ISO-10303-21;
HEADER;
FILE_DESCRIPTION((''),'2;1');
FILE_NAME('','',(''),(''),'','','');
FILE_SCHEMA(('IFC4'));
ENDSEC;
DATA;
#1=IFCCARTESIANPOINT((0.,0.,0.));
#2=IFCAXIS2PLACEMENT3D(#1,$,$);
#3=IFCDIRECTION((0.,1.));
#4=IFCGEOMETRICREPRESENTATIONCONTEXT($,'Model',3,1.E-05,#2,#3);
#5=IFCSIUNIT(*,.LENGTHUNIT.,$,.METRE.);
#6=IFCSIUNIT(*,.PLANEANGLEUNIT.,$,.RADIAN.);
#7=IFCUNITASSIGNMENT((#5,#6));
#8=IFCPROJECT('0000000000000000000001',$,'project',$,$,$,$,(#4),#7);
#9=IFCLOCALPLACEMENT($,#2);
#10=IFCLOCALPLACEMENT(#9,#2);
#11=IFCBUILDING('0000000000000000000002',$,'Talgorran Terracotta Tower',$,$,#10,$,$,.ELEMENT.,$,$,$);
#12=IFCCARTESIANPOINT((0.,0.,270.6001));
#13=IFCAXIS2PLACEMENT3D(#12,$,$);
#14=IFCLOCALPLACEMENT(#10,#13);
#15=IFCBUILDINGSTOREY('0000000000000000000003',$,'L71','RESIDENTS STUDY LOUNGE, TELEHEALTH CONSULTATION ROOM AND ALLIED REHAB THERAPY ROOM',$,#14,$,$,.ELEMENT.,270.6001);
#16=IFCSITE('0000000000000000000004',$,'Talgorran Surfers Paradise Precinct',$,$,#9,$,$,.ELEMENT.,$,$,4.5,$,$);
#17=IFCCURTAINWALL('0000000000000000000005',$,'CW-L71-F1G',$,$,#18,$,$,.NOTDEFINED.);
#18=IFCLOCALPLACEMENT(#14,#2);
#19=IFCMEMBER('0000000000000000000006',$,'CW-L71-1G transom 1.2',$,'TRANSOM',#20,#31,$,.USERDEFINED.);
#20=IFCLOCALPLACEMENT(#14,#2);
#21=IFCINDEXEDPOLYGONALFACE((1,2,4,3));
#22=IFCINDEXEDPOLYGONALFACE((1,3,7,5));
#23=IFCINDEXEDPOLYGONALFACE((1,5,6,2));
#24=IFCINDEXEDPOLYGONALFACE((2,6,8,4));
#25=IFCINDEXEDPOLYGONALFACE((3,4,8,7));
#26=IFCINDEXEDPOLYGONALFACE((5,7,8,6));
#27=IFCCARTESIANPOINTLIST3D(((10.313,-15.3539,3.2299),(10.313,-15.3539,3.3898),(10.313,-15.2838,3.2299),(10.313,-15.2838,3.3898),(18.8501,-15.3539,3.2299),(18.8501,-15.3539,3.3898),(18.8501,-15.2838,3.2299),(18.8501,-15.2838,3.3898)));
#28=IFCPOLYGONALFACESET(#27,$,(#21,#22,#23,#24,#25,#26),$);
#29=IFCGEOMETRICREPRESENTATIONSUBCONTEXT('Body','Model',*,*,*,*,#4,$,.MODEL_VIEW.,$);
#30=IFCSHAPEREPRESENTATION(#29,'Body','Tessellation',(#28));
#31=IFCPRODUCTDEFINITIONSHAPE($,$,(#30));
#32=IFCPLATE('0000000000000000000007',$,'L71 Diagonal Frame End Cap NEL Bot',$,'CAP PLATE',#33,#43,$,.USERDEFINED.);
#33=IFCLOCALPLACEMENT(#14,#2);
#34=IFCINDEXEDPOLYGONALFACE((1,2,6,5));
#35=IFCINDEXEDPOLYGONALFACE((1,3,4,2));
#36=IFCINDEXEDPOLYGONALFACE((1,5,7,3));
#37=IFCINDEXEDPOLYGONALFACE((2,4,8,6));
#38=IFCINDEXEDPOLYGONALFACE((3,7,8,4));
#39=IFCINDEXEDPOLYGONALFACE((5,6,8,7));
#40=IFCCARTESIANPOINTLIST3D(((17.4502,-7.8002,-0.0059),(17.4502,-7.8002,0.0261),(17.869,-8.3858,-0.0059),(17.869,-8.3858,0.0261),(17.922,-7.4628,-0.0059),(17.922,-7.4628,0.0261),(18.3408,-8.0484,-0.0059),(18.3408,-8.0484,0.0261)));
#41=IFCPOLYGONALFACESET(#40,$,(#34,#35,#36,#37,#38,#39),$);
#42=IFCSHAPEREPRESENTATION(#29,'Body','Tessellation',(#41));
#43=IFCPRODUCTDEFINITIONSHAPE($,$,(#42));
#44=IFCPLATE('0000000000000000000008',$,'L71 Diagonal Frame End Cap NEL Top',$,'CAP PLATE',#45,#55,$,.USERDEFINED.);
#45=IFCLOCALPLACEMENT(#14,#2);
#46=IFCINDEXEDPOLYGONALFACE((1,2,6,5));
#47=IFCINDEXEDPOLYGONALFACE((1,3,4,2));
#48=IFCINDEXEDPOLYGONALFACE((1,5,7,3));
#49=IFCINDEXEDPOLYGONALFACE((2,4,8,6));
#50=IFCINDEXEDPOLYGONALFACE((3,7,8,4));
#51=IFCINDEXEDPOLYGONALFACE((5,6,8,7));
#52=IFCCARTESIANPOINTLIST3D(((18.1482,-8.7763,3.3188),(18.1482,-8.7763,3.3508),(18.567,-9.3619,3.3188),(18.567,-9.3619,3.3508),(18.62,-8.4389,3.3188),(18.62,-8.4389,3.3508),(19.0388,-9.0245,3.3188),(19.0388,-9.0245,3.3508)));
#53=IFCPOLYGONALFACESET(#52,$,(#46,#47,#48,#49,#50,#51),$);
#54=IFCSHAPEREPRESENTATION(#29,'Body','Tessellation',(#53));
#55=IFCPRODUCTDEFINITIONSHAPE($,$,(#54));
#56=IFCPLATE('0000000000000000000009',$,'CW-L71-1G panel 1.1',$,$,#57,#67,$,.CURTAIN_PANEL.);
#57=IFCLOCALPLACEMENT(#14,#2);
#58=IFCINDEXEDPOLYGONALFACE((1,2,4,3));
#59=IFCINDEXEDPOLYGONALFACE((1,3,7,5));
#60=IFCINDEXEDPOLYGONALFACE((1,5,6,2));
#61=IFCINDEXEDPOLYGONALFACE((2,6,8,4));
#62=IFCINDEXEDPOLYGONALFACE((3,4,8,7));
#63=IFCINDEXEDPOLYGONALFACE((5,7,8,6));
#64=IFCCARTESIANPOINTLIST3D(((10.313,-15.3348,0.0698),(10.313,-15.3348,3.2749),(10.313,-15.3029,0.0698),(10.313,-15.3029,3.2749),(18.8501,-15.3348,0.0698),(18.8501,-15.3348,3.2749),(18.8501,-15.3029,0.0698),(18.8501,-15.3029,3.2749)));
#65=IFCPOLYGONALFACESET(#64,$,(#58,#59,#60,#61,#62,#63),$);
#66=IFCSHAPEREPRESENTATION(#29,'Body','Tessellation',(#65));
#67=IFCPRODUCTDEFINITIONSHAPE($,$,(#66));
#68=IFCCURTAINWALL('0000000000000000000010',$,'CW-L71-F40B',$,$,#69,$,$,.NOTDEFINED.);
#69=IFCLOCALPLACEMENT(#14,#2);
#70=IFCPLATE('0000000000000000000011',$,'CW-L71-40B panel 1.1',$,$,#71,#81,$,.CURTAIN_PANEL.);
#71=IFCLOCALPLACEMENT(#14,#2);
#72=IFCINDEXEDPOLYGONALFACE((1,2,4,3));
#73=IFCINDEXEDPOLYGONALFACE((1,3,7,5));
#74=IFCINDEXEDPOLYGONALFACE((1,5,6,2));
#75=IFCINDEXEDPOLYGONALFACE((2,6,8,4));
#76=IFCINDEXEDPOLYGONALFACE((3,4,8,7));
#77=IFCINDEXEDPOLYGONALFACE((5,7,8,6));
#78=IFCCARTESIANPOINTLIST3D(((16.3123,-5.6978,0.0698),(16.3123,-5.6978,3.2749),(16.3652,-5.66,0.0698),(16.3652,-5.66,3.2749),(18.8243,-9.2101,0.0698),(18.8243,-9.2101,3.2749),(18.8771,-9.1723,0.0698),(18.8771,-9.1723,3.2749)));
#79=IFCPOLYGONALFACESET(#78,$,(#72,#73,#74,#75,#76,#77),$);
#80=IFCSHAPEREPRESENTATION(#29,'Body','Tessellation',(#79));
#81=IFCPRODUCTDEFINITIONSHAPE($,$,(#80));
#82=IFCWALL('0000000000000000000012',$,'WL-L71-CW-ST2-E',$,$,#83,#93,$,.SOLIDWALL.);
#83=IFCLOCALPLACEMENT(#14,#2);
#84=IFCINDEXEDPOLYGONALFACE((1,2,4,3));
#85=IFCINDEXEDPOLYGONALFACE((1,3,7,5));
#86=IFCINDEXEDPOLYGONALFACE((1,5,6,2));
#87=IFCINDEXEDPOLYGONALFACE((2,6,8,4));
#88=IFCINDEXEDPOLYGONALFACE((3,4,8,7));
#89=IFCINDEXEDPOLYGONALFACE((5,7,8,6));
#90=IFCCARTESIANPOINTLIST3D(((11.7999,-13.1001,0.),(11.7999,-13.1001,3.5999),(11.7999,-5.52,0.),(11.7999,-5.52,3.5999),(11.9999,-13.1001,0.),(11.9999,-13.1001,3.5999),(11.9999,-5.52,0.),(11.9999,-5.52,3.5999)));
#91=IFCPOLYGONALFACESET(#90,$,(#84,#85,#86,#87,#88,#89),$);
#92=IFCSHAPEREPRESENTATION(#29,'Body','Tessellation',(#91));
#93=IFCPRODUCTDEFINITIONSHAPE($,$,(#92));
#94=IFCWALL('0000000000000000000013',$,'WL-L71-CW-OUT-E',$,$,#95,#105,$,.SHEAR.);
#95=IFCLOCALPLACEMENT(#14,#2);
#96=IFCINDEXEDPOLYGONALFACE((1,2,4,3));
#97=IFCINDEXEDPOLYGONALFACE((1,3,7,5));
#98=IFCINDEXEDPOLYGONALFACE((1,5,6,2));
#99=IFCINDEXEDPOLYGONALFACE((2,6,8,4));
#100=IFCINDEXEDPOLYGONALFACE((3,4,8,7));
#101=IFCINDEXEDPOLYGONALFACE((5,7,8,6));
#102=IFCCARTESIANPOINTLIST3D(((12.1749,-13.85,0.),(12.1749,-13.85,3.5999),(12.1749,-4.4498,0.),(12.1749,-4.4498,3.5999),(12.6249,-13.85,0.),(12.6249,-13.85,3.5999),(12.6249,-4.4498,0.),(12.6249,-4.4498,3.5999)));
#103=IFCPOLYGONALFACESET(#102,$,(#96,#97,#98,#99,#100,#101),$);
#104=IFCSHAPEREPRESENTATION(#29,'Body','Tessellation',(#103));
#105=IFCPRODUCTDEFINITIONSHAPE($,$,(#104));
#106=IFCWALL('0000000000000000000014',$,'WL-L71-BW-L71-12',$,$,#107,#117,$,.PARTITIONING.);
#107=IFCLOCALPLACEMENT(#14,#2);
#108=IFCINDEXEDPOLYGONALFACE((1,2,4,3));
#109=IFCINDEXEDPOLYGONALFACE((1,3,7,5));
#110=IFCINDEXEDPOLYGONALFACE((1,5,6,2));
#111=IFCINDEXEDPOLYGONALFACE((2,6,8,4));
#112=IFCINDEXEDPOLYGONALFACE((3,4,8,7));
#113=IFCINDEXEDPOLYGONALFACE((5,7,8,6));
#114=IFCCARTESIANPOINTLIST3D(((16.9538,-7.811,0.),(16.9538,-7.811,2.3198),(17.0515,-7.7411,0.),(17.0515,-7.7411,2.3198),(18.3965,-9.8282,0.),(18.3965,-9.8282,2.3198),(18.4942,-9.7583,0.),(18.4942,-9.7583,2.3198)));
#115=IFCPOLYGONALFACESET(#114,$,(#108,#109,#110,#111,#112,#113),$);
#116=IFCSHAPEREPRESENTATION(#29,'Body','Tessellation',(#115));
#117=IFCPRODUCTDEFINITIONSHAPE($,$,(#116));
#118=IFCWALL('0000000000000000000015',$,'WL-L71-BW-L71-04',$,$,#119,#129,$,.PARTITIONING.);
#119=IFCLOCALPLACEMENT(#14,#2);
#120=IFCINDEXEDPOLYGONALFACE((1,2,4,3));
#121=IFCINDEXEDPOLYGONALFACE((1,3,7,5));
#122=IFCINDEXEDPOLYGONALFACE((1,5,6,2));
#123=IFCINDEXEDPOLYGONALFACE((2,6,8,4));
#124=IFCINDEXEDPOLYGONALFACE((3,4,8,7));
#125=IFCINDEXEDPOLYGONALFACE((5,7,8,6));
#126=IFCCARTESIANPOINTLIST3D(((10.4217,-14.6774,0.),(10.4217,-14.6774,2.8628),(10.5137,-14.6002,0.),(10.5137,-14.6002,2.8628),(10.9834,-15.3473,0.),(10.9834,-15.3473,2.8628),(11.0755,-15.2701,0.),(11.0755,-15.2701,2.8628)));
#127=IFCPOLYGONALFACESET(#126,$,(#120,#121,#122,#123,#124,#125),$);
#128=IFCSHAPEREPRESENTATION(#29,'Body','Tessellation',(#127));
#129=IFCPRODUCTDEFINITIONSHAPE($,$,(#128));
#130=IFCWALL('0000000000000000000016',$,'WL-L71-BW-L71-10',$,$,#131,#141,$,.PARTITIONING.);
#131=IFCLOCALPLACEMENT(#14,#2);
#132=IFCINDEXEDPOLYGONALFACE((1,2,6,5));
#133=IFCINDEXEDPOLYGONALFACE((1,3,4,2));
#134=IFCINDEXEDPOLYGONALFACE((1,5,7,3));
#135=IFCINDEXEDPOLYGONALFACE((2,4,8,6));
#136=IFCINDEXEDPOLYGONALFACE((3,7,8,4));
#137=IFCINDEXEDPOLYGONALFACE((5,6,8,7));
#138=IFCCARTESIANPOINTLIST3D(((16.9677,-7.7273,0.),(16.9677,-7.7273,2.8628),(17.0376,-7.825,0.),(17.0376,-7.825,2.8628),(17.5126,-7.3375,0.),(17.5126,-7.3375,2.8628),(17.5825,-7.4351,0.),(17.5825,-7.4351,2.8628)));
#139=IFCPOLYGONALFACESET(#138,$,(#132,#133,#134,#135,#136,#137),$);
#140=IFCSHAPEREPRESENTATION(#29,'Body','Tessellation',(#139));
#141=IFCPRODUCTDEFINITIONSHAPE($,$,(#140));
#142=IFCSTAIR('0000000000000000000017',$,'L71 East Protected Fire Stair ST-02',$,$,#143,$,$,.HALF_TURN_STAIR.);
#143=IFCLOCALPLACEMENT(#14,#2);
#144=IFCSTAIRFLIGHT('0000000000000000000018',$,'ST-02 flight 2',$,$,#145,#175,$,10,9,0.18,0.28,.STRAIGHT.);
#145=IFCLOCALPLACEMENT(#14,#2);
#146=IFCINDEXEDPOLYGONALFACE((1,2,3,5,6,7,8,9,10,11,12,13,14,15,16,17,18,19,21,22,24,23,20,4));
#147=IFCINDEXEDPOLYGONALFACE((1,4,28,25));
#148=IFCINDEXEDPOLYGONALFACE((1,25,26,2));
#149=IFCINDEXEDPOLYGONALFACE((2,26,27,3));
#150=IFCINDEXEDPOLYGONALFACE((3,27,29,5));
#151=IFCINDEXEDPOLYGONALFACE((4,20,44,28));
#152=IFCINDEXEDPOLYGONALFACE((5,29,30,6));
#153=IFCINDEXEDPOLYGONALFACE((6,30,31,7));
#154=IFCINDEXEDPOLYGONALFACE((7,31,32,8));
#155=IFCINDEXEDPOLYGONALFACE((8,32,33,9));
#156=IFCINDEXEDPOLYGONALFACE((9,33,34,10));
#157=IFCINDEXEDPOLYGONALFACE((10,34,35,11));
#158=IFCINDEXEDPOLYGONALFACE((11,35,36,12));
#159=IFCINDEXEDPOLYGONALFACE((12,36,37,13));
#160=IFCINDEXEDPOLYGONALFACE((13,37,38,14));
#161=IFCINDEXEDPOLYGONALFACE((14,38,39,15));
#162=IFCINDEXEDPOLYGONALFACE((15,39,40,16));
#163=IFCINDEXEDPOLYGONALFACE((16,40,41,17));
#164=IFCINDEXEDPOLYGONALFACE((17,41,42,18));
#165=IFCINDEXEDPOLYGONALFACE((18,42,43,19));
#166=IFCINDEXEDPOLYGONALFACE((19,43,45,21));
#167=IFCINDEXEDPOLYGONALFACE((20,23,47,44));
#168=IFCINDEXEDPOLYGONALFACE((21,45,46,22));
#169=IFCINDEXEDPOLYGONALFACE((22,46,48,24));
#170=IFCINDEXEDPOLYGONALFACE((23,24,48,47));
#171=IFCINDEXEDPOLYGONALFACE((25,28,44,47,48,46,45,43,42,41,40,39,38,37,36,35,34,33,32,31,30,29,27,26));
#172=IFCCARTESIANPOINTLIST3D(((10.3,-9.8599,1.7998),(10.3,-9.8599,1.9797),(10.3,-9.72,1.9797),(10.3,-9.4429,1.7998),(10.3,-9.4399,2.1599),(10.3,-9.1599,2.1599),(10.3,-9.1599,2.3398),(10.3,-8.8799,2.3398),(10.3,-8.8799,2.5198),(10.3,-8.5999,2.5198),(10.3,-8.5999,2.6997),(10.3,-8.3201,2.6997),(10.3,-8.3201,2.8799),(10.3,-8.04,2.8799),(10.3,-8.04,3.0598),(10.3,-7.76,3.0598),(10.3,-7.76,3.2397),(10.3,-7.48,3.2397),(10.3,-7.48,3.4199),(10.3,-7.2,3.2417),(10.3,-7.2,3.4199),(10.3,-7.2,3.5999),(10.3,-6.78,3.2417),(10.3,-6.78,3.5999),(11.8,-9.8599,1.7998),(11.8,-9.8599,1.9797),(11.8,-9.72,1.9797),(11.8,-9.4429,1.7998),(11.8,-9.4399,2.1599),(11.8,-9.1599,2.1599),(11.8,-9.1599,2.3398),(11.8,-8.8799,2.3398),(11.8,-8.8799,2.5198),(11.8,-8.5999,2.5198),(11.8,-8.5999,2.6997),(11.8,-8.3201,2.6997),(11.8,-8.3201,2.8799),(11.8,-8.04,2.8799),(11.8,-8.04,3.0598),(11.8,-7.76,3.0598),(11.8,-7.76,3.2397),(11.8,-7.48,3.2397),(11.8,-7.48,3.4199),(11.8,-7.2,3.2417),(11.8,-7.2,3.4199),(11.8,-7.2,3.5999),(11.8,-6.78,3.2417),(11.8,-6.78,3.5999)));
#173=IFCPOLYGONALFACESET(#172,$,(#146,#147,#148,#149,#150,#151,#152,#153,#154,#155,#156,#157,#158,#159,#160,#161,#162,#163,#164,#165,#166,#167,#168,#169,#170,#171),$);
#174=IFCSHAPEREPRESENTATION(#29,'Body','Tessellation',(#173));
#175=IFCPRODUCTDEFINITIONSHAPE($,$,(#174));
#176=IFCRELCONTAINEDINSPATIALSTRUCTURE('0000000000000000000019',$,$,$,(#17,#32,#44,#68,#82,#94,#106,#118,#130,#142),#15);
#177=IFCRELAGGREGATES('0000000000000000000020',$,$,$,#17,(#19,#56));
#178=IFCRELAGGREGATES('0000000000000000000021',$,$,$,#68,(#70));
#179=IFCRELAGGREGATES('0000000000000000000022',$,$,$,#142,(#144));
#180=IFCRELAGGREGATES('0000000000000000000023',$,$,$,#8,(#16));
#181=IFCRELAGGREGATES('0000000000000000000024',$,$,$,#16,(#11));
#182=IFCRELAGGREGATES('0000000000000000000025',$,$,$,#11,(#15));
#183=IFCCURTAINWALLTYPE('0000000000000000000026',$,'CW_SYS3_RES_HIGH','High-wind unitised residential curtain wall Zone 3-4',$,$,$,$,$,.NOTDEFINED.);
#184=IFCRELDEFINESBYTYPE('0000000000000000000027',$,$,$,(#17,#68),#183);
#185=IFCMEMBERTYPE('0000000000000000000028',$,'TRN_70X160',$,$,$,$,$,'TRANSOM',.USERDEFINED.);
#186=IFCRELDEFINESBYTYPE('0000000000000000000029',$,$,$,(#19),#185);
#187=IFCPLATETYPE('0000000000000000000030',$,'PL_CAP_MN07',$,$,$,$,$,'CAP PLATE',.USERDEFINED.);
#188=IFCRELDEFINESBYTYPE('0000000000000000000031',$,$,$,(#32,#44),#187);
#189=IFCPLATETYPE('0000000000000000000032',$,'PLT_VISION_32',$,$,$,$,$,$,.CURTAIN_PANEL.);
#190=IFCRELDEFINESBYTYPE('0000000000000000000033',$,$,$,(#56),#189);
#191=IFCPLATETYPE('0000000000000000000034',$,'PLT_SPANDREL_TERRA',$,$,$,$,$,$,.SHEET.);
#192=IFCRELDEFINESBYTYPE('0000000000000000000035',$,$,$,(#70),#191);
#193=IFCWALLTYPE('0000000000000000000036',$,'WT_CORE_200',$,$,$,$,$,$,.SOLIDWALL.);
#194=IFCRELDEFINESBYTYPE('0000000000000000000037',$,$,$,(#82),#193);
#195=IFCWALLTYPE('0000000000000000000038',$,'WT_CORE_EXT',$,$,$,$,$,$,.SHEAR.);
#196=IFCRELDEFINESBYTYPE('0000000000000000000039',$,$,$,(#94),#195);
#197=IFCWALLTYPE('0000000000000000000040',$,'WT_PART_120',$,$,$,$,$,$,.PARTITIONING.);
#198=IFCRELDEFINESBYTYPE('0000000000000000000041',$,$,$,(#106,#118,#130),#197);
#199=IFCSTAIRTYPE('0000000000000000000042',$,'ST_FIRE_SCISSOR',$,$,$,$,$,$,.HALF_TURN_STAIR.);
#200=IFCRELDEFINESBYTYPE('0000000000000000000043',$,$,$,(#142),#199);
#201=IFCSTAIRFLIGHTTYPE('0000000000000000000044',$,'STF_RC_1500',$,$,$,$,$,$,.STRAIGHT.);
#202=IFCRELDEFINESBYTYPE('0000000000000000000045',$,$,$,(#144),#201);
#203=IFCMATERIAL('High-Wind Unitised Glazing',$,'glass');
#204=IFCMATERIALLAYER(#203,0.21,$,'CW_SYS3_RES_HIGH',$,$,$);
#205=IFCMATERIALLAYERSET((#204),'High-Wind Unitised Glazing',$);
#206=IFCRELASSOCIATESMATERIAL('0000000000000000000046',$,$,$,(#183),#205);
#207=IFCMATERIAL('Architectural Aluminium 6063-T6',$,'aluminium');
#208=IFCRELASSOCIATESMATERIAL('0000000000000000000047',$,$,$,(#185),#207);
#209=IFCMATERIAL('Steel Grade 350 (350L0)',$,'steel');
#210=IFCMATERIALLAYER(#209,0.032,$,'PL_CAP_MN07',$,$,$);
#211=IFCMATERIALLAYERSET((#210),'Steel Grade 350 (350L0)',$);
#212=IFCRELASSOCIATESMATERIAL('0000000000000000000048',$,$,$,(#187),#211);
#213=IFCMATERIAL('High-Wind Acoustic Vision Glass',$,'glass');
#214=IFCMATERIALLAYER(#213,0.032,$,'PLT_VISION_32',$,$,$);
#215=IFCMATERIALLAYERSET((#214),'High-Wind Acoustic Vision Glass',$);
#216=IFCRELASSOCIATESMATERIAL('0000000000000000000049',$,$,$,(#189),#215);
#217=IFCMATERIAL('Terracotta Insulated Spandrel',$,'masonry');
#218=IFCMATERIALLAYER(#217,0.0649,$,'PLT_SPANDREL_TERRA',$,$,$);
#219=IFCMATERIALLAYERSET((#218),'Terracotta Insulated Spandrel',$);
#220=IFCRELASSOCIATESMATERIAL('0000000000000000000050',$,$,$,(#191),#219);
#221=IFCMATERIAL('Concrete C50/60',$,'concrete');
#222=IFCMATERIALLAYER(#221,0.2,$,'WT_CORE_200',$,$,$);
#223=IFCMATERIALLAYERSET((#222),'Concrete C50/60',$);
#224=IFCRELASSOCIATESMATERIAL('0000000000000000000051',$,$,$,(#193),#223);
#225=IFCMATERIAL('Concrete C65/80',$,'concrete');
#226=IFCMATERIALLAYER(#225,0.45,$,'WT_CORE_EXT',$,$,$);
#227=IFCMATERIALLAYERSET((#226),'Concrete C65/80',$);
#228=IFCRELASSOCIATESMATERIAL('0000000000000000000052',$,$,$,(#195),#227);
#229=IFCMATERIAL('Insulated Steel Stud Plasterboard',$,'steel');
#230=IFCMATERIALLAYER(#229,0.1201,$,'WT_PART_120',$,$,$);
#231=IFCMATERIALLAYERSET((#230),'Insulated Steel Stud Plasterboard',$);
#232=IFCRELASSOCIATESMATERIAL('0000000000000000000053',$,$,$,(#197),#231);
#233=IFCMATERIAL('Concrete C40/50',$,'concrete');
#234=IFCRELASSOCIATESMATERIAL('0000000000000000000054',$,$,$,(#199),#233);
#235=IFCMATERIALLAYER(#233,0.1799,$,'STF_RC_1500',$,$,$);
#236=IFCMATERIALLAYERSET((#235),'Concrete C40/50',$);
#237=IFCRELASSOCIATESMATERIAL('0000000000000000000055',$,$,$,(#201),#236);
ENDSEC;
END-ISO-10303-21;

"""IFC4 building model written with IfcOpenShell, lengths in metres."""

from ifc_helpers import new_model, si_unit, direction, frame, frame_2d, origin, origin_2d, place, context, subcontext, project, spatial, polyline, rectangle, outline, extrude, source, transform, mapped, material, layer, layer_set, material_profile, profile_set, type_object, type_shapes, element, aggregate, save


model = new_model("IFC4")

# Units and contexts
model_context = context("Model", 3, precision=1e-05, world=origin(), true_north=direction((0.0, 1.0)))
body_context = subcontext(model_context, "Body", "Model", "MODEL_VIEW")
ifc_project = project(units=[si_unit("LENGTHUNIT", "METRE"), si_unit("PLANEANGLEUNIT", "RADIAN")], contexts=[model_context])

# Site, building, storey
site_placement = place(None, origin())
site = spatial("IfcSite", under=ifc_project, at=site_placement, Name="Talgorran Surfers Paradise Precinct", CompositionType="ELEMENT", RefElevation=4.5)
building_placement = place(site_placement, origin())
building = spatial("IfcBuilding", under=site, at=building_placement, Name="Talgorran Terracotta Tower", CompositionType="ELEMENT")
storey_placement = place(building_placement, frame((0.0, 0.0, 270.6001)))
storey = spatial("IfcBuildingStorey", under=building, at=storey_placement, Name="L71", Description="RESIDENTS STUDY LOUNGE, TELEHEALTH CONSULTATION ROOM AND ALLIED REHAB THERAPY ROOM", CompositionType="ELEMENT", Elevation=270.6001)

# Shared definitions
ifc_material_1 = material(Name="Steel Grade 350 (350L0)", Category="steel")

# Curtain wall, member
ifc_material_2 = material(Name="High-Wind Unitised Glazing", Category="glass")
ifc_layer_1 = layer(ifc_material_2, 0.21, Name="CW_SYS3_RES_HIGH")
ifc_layer_set_1 = layer_set([ifc_layer_1], Name="High-Wind Unitised Glazing")
curtain_wall_type = type_object("IfcCurtainWallType", Name="CW_SYS3_RES_HIGH", Description="High-wind unitised residential curtain wall Zone 3-4", PredefinedType="NOTDEFINED", material=ifc_layer_set_1)
curtain_wall_1_placement = place(storey_placement, origin())
curtain_wall_1 = element("IfcCurtainWall", 1, at=curtain_wall_1_placement, inside=storey, type_object=curtain_wall_type, Name="CW-L71-F1G", PredefinedType="NOTDEFINED")
ifc_material_3 = material(Name="Architectural Aluminium 6063-T6", Category="aluminium")
ifc_material_profile_1 = material_profile(ifc_material_3, rectangle(XDim=0.0701, YDim=0.1599, at=origin_2d()), Name="CWT70X160")
ifc_profile_set_1 = profile_set([ifc_material_profile_1], Name="Architectural Aluminium 6063-T6")
member_type_1 = type_object("IfcMemberType", Name="TRN_70X160", ElementType="TRANSOM", PredefinedType="USERDEFINED", material=ifc_profile_set_1)
member_1_placement = place(storey_placement, frame((10.313, -15.3188, 3.3098), z_axis=(1.0, 0.0, 0.0), x_axis=(0.0, 1.0, 0.0)))
member_1 = element("IfcMember", 2, at=member_1_placement, type_object=member_type_1, Name="CW-L71-1G transom 1.2", ObjectType="TRANSOM", PredefinedType="USERDEFINED", context=body_context, shape_type="SweptSolid", body=[
    extrude(rectangle(XDim=0.0701, YDim=0.1599, at=origin_2d()), origin(), (0.0, 0.0, 1.0), 8.5371),
])

# Plates
ifc_layer_2 = layer(ifc_material_1, 0.032, Name="PL_CAP_MN07")
ifc_layer_set_2 = layer_set([ifc_layer_2], Name="Steel Grade 350 (350L0)")
plate_type_1 = type_object("IfcPlateType", Name="PL_CAP_MN07", ElementType="CAP PLATE", PredefinedType="USERDEFINED", material=ifc_layer_set_2)
for number, where, z_axis, x_axis, name in (
    (3, (17.8955, -7.9243, -0.0059), (0.0, 0.0, 1.0), (0.581697, -0.813405, 0.0), "L71 Diagonal Frame End Cap NEL Bot"),
    (4, (18.5935, -8.9004, 3.3188), (0.0, 0.0, 1.0), (0.581697, -0.813405, 0.0), "L71 Diagonal Frame End Cap NEL Top"),
):
    element("IfcPlate", number, at=place(storey_placement, frame(where, z_axis=z_axis, x_axis=x_axis)), inside=storey, type_object=plate_type_1, Name=name, ObjectType="CAP PLATE", PredefinedType="USERDEFINED", context=body_context, shape_type="SweptSolid", body=[
        extrude(rectangle(XDim=0.72, YDim=0.5801, at=origin_2d()), origin(), (0.0, 0.0, 1.0), 0.032),
    ])

# Plate
ifc_material_4 = material(Name="High-Wind Acoustic Vision Glass", Category="glass")
ifc_layer_3 = layer(ifc_material_4, 0.032, Name="PLT_VISION_32")
ifc_layer_set_3 = layer_set([ifc_layer_3], Name="High-Wind Acoustic Vision Glass")
plate_type_2 = type_object("IfcPlateType", Name="PLT_VISION_32", PredefinedType="CURTAIN_PANEL", material=ifc_layer_set_3)
shared_shape_1 = source(origin(), body_context, "Body", "SweptSolid", [
    extrude(rectangle(XDim=8.5371, YDim=0.032, at=origin_2d()), origin(), (0.0, 0.0, 1.0), 3.2051),
])
type_shapes(plate_type_2, [shared_shape_1])
plate_1_placement = place(storey_placement, frame((14.5815, -15.3188, 0.0698), z_axis=(0.0, 0.0, 1.0), x_axis=(1.0, 0.0, 0.0)))
plate_1 = element("IfcPlate", 5, at=plate_1_placement, type_object=plate_type_2, Name="CW-L71-1G panel 1.1", PredefinedType="CURTAIN_PANEL", context=body_context, shape_type="MappedRepresentation", body=[
    mapped(shared_shape_1, transform((0.0, 0.0, 0.0), scale=1.0)),
])
aggregate(curtain_wall_1, [member_1, plate_1])

# Curtain wall, plate
curtain_wall_2_placement = place(storey_placement, origin())
curtain_wall_2 = element("IfcCurtainWall", 6, at=curtain_wall_2_placement, inside=storey, type_object=curtain_wall_type, Name="CW-L71-F40B", PredefinedType="NOTDEFINED")
ifc_material_5 = material(Name="Terracotta Insulated Spandrel", Category="masonry")
ifc_layer_4 = layer(ifc_material_5, 0.0649, Name="PLT_SPANDREL_TERRA")
ifc_layer_set_4 = layer_set([ifc_layer_4], Name="Terracotta Insulated Spandrel")
plate_type_3 = type_object("IfcPlateType", Name="PLT_SPANDREL_TERRA", PredefinedType="SHEET", material=ifc_layer_set_4)
shared_shape_2 = source(origin(), body_context, "Body", "SweptSolid", [
    extrude(rectangle(XDim=4.3181, YDim=0.0649, at=origin_2d()), origin(), (0.0, 0.0, 1.0), 3.2051),
])
type_shapes(plate_type_3, [shared_shape_2])
plate_2_placement = place(storey_placement, frame((17.5947, -7.4351, 0.0698), z_axis=(0.0, 0.0, 1.0), x_axis=(-0.581722, 0.813388, 0.0)))
plate_2 = element("IfcPlate", 7, at=plate_2_placement, type_object=plate_type_3, Name="CW-L71-40B panel 1.1", PredefinedType="CURTAIN_PANEL", context=body_context, shape_type="MappedRepresentation", body=[
    mapped(shared_shape_2, transform((0.0, 0.0, 0.0), scale=1.0)),
])
aggregate(curtain_wall_2, [plate_2])

# Walls
ifc_material_6 = material(Name="Concrete C50/60", Category="concrete")
ifc_layer_5 = layer(ifc_material_6, 0.2, Name="WT_CORE_200")
ifc_layer_set_5 = layer_set([ifc_layer_5], Name="Concrete C50/60")
wall_type_1 = type_object("IfcWallType", Name="WT_CORE_200", PredefinedType="SOLIDWALL", material=ifc_layer_set_5)
wall_1_placement = place(storey_placement, frame((11.8999, -13.1001, 0.0), z_axis=(0.0, 0.0, 1.0), x_axis=(0.0, 1.0, 0.0)))
element("IfcWall", 8, at=wall_1_placement, inside=storey, type_object=wall_type_1, Name="WL-L71-CW-ST2-E", PredefinedType="SOLIDWALL", context=body_context, shape_type="SweptSolid", body=[
    extrude(rectangle(XDim=7.5801, YDim=0.2, at=frame_2d((3.79, 0.0))), origin(), (0.0, 0.0, 1.0), 3.5999),
])
ifc_material_7 = material(Name="Concrete C65/80", Category="concrete")
ifc_layer_6 = layer(ifc_material_7, 0.45, Name="WT_CORE_EXT")
ifc_layer_set_6 = layer_set([ifc_layer_6], Name="Concrete C65/80")
wall_type_2 = type_object("IfcWallType", Name="WT_CORE_EXT", PredefinedType="SHEAR", material=ifc_layer_set_6)
wall_2_placement = place(storey_placement, frame((12.3999, -13.8501, 0.0), z_axis=(0.0, 0.0, 1.0), x_axis=(0.0, 1.0, 0.0)))
element("IfcWall", 9, at=wall_2_placement, inside=storey, type_object=wall_type_2, Name="WL-L71-CW-OUT-E", PredefinedType="SHEAR", context=body_context, shape_type="SweptSolid", body=[
    extrude(rectangle(XDim=9.4001, YDim=0.45, at=frame_2d((4.7002, 0.0))), origin(), (0.0, 0.0, 1.0), 3.5999),
])
ifc_material_8 = material(Name="Insulated Steel Stud Plasterboard", Category="steel")
ifc_layer_7 = layer(ifc_material_8, 0.1201, Name="WT_PART_120")
ifc_layer_set_7 = layer_set([ifc_layer_7], Name="Insulated Steel Stud Plasterboard")
wall_type_3 = type_object("IfcWallType", Name="WT_PART_120", PredefinedType="PARTITIONING", material=ifc_layer_set_7)
wall_3_placement = place(storey_placement, frame((18.4453, -9.7932, 0.0), z_axis=(0.0, 0.0, 1.0), x_axis=(-0.581732, 0.813381, 0.0)))
element("IfcWall", 10, at=wall_3_placement, inside=storey, type_object=wall_type_3, Name="WL-L71-BW-L71-12", PredefinedType="PARTITIONING", context=body_context, shape_type="SweptSolid", body=[
    extrude(rectangle(XDim=2.48, YDim=0.1201, at=frame_2d((1.24, 0.0))), origin(), (0.0, 0.0, 1.0), 2.3198),
])
wall_4_placement = place(storey_placement, frame((10.4678, -14.6389, 0.0), z_axis=(0.0, 0.0, 1.0), x_axis=(0.642544, -0.766249, 0.0)))
element("IfcWall", 11, at=wall_4_placement, inside=storey, type_object=wall_type_3, Name="WL-L71-BW-L71-04", PredefinedType="PARTITIONING", context=body_context, shape_type="SweptSolid", body=[
    extrude(rectangle(XDim=0.8743, YDim=0.1201, at=frame_2d((0.437, 0.0))), origin(), (0.0, 0.0, 1.0), 2.8628),
])
wall_5_placement = place(storey_placement, frame((17.0027, -7.7761, 0.0), z_axis=(0.0, 0.0, 1.0), x_axis=(0.813265, 0.581893, 0.0)))
element("IfcWall", 12, at=wall_5_placement, inside=storey, type_object=wall_type_3, Name="WL-L71-BW-L71-10", PredefinedType="PARTITIONING", context=body_context, shape_type="SweptSolid", body=[
    extrude(rectangle(XDim=0.6699, YDim=0.1201, at=frame_2d((0.335, 0.0))), origin(), (0.0, 0.0, 1.0), 2.8628),
])

# Stair, stair flight
ifc_material_9 = material(Name="Concrete C40/50", Category="concrete")
stair_type = type_object("IfcStairType", Name="ST_FIRE_SCISSOR", PredefinedType="HALF_TURN_STAIR", material=ifc_material_9)
stair_placement = place(storey_placement, origin())
stair = element("IfcStair", 13, at=stair_placement, inside=storey, type_object=stair_type, Name="L71 East Protected Fire Stair ST-02", PredefinedType="HALF_TURN_STAIR")
ifc_layer_8 = layer(ifc_material_9, 0.1799, Name="STF_RC_1500")
ifc_layer_set_8 = layer_set([ifc_layer_8], Name="Concrete C40/50")
stair_flight_type = type_object("IfcStairFlightType", Name="STF_RC_1500", PredefinedType="STRAIGHT", material=ifc_layer_set_8)
stair_flight_placement = place(storey_placement, frame((11.05, -9.72, 1.7998), z_axis=(0.0, 0.0, 1.0), x_axis=(0.0, 1.0, 0.0)))
stair_flight = element("IfcStairFlight", 14, at=stair_flight_placement, type_object=stair_flight_type, Name="ST-02 flight 2", NumberOfRisers=10, NumberOfTreads=9, PredefinedType="STRAIGHT", RiserHeight=0.18, TreadLength=0.28, context=body_context, shape_type="SweptSolid", body=[
    extrude(outline(polyline([(-0.1399, 0.0), (-0.1399, 0.1799), (0.0, 0.1799), (0.28, 0.3601), (0.5601, 0.3601), (0.5601, 0.54), (0.8401, 0.54), (0.8401, 0.72), (1.1201, 0.72), (1.1201, 0.8999), (1.3999, 0.8999), (1.3999, 1.0801), (1.6799, 1.0801), (1.6799, 1.26), (1.96, 1.26), (1.96, 1.4399), (2.24, 1.4399), (2.24, 1.6201), (2.52, 1.6201), (2.52, 1.8), (2.9399, 1.8), (2.9399, 1.4419), (2.52, 1.4419), (0.2771, 0.0), (-0.1399, 0.0)])), frame((0.0, 0.75, 0.0), z_axis=(0.0, -1.0, 0.0), x_axis=(1.0, 0.0, 0.0)), (0.0, 0.0, 1.0), 1.5),
])
aggregate(stair, [stair_flight])

save(model, "model.ifc")
